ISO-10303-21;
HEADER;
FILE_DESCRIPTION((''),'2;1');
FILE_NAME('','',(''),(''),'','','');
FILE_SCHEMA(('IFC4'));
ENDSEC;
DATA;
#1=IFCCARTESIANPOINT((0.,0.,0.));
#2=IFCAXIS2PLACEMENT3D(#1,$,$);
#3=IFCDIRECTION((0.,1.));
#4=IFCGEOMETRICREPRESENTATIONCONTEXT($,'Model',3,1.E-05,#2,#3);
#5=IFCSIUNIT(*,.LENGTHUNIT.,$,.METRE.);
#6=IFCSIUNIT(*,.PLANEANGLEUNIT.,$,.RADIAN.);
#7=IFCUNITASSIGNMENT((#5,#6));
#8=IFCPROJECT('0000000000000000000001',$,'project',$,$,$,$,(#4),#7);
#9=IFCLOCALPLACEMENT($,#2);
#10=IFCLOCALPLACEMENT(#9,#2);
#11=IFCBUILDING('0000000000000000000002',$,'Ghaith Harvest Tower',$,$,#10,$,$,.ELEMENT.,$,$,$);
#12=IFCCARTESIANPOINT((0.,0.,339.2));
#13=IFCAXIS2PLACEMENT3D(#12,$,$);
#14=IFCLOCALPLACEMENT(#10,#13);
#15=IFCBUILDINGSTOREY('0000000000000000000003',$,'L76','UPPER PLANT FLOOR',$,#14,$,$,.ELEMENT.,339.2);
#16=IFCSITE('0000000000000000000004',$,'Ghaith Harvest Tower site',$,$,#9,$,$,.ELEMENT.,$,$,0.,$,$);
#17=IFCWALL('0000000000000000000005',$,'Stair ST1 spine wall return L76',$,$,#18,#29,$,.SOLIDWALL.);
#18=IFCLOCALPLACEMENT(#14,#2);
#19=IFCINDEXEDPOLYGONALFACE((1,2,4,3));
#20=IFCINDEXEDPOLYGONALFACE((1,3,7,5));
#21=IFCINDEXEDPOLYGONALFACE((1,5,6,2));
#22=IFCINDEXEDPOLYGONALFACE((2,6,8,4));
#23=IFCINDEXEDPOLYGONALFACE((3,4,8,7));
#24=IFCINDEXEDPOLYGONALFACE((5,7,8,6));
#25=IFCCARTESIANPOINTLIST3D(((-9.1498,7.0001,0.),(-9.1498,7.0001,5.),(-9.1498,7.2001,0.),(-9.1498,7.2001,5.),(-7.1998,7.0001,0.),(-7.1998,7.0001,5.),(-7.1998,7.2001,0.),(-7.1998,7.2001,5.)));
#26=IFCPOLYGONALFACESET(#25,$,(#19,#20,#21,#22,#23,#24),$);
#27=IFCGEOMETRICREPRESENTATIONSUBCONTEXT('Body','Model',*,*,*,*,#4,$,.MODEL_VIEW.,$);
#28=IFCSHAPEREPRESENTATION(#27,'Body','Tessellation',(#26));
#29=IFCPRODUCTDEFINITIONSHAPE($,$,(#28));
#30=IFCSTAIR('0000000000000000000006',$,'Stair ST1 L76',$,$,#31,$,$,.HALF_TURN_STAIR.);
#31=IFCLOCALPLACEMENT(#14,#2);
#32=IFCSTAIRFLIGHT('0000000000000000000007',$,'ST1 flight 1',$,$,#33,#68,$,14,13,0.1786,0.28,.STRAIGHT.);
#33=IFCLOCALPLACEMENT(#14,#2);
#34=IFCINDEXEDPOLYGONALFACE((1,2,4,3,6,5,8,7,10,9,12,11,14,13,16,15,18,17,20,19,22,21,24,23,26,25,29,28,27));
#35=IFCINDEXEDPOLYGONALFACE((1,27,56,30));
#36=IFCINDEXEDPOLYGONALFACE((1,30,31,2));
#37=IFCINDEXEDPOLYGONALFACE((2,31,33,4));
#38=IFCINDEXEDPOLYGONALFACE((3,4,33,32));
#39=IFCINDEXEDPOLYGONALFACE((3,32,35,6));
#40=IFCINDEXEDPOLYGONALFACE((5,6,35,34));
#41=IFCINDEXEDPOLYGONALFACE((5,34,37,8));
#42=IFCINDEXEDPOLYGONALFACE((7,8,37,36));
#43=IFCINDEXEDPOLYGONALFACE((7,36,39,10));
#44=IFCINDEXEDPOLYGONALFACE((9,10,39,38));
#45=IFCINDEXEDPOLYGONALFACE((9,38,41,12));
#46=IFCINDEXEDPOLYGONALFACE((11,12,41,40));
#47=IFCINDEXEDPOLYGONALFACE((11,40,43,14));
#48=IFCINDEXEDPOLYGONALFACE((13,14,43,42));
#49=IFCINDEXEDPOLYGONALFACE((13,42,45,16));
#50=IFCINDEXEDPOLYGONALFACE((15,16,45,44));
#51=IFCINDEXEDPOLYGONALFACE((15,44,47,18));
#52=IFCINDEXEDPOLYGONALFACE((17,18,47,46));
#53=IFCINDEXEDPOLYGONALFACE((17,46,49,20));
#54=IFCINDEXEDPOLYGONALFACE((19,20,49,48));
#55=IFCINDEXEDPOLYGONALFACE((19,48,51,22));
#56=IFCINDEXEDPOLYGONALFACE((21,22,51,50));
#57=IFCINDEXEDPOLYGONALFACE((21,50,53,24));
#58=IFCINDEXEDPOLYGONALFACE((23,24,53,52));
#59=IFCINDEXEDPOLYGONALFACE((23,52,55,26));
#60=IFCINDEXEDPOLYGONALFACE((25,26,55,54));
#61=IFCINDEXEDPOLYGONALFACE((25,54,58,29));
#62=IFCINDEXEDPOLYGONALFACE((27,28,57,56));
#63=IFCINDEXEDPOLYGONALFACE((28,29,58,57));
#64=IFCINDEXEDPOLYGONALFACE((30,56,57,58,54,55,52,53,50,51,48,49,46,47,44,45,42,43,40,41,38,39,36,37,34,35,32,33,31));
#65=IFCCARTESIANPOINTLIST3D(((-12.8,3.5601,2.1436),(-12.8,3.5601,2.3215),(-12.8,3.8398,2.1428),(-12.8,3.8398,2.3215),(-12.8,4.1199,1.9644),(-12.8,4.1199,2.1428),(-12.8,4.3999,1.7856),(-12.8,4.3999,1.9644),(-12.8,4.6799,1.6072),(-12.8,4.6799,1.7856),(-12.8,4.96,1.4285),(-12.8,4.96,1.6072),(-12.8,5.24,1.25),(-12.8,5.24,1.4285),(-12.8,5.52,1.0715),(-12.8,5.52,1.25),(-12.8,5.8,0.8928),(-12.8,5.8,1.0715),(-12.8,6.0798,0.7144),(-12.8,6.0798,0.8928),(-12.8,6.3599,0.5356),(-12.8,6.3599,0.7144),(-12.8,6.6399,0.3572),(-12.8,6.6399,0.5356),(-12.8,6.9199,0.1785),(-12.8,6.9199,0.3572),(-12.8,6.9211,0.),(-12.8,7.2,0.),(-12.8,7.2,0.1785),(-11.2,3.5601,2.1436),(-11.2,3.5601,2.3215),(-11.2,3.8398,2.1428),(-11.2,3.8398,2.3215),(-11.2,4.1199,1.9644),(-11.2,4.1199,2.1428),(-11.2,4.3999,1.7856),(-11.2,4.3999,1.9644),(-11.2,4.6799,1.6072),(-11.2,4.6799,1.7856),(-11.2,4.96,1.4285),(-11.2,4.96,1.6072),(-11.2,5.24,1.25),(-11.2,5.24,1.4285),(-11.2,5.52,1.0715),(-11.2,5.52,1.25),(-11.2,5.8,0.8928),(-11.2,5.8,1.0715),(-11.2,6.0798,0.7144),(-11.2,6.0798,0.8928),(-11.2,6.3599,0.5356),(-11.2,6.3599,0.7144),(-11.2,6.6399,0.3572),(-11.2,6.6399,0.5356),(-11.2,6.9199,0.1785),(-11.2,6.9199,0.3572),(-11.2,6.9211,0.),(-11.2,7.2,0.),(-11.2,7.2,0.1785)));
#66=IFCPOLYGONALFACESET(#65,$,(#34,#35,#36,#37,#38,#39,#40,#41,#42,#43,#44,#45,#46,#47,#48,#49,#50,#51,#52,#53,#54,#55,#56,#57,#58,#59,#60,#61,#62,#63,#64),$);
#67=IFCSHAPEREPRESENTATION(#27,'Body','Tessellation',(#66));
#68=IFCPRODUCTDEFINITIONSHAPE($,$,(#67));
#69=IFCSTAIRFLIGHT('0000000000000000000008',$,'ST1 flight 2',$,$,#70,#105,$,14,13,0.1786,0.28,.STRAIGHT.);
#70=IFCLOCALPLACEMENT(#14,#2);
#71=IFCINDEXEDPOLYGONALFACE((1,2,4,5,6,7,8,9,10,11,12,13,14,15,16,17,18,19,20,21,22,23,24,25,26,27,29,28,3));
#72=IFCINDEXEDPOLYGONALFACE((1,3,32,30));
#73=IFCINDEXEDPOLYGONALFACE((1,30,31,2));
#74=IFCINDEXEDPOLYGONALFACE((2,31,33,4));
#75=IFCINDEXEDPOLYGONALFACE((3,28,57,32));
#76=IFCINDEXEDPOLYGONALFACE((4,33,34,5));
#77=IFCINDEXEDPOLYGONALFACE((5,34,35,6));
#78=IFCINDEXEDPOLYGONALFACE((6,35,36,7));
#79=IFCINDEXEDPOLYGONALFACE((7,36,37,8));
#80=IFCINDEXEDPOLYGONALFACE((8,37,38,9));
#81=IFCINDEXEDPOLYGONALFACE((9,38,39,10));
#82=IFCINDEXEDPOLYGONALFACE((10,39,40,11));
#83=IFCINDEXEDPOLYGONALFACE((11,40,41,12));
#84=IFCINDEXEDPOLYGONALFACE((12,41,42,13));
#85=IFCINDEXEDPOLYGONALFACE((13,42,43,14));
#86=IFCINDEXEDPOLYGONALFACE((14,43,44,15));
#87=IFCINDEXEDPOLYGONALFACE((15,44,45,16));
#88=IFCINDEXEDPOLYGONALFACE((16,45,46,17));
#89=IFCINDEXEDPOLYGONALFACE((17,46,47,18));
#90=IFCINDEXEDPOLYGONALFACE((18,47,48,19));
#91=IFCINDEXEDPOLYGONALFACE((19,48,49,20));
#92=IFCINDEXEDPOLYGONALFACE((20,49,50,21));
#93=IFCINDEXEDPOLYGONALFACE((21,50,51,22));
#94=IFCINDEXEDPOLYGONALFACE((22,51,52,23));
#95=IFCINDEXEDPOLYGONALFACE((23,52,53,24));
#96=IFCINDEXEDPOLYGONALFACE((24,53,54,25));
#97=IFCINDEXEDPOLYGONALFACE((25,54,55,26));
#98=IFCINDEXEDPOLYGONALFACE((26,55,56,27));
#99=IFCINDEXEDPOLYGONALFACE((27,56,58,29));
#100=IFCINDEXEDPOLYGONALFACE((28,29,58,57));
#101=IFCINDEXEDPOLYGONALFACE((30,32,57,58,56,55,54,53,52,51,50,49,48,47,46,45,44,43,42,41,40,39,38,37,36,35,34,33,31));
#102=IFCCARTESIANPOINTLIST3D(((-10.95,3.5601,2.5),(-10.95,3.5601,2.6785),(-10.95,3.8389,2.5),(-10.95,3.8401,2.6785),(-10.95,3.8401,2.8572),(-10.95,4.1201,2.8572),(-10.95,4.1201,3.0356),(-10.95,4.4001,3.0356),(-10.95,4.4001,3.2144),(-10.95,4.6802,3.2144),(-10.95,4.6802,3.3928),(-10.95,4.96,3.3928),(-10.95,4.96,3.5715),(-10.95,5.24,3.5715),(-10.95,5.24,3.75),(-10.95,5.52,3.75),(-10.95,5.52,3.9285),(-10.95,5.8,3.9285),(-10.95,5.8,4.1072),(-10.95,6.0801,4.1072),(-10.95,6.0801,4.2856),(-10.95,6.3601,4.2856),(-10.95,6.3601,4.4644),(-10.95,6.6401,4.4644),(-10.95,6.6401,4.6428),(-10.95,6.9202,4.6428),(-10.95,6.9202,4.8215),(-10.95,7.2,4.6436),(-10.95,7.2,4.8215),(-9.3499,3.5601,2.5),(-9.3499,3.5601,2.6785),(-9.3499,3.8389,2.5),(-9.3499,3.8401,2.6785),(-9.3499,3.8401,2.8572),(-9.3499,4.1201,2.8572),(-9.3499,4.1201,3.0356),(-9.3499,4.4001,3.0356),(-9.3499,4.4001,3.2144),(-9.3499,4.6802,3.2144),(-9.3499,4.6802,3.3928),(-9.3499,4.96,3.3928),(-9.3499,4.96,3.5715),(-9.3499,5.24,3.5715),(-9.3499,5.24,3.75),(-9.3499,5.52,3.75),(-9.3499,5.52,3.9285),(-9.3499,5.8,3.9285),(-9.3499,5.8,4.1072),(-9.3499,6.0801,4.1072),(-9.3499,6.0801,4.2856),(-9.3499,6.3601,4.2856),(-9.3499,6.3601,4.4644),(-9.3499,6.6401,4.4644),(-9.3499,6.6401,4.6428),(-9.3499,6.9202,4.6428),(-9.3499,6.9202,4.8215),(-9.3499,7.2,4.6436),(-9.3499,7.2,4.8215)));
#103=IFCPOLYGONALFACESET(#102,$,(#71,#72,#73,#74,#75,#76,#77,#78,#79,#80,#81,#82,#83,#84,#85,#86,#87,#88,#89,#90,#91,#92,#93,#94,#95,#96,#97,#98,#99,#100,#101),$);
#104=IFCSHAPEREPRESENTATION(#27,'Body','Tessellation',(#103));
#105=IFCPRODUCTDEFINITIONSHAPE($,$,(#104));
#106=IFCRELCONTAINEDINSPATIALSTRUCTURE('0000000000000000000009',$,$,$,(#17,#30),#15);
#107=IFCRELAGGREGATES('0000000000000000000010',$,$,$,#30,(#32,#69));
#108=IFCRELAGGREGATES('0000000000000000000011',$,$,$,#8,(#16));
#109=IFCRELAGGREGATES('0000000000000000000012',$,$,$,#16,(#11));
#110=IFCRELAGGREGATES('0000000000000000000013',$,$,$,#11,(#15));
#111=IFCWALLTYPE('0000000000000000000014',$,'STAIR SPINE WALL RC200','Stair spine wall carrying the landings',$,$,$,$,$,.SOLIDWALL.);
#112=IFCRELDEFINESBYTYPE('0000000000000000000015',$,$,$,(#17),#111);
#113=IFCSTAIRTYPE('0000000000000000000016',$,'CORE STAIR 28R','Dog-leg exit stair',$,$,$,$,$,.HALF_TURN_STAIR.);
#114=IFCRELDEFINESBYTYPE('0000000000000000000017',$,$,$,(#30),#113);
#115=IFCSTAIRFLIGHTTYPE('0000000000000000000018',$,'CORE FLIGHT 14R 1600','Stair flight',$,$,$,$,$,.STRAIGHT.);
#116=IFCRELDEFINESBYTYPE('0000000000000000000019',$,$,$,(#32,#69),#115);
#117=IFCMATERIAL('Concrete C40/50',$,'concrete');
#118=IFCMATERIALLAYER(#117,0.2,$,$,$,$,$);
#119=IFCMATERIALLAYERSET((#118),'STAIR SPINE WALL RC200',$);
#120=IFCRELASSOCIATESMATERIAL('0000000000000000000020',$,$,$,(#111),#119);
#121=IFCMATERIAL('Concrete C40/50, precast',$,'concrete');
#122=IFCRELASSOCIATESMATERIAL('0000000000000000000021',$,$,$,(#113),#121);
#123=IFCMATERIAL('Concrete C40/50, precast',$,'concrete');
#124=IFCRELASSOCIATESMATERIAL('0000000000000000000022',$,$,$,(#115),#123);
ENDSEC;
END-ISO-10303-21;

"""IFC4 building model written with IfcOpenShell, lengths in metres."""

from ifc_helpers import new_model, si_unit, direction, frame, frame_2d, origin, place, context, subcontext, project, spatial, polyline, rectangle, outline, extrude, material, layer, layer_set, type_object, element, aggregate, save


model = new_model("IFC4")

# Units and contexts
model_context = context("Model", 3, precision=1e-05, world=origin(), true_north=direction((0.0, 1.0)))
body_context = subcontext(model_context, "Body", "Model", "MODEL_VIEW")
ifc_project = project(units=[si_unit("LENGTHUNIT", "METRE"), si_unit("PLANEANGLEUNIT", "RADIAN")], contexts=[model_context])

# Site, building, storey
site_placement = place(None, origin())
site = spatial("IfcSite", under=ifc_project, at=site_placement, Name="Ghaith Harvest Tower site", CompositionType="ELEMENT", RefElevation=0.0)
building_placement = place(site_placement, origin())
building = spatial("IfcBuilding", under=site, at=building_placement, Name="Ghaith Harvest Tower", CompositionType="ELEMENT")
storey_placement = place(building_placement, frame((0.0, 0.0, 339.2)))
storey = spatial("IfcBuildingStorey", under=building, at=storey_placement, Name="L76", Description="UPPER PLANT FLOOR", CompositionType="ELEMENT", Elevation=339.2)

# Wall
ifc_material_1 = material(Name="Concrete C40/50", Category="concrete")
ifc_layer_1 = layer(ifc_material_1, 0.2)
ifc_layer_set_1 = layer_set([ifc_layer_1], Name="STAIR SPINE WALL RC200")
wall_type_1 = type_object("IfcWallType", Name="STAIR SPINE WALL RC200", Description="Stair spine wall carrying the landings", PredefinedType="SOLIDWALL", material=ifc_layer_set_1)
wall_1_placement = place(storey_placement, frame((-9.1499, 7.1001, 0.0), z_axis=(0.0, 0.0, 1.0), x_axis=(1.0, 0.0, 0.0)))
element("IfcWall", 1, at=wall_1_placement, inside=storey, type_object=wall_type_1, Name="Stair ST1 spine wall return L76", PredefinedType="SOLIDWALL", context=body_context, shape_type="SweptSolid", body=[
    extrude(rectangle(XDim=1.95, YDim=0.2, at=frame_2d((0.9751, 0.0))), origin(), (0.0, 0.0, 1.0), 5.0),
])

# Stair, stair flights
ifc_material_2 = material(Name="Concrete C40/50, precast", Category="concrete")
stair_type = type_object("IfcStairType", Name="CORE STAIR 28R", Description="Dog-leg exit stair", PredefinedType="HALF_TURN_STAIR", material=ifc_material_2)
stair_placement = place(storey_placement, origin())
stair = element("IfcStair", 2, at=stair_placement, inside=storey, type_object=stair_type, Name="Stair ST1 L76", PredefinedType="HALF_TURN_STAIR")
ifc_material_3 = material(Name="Concrete C40/50, precast", Category="concrete")
stair_flight_type = type_object("IfcStairFlightType", Name="CORE FLIGHT 14R 1600", Description="Stair flight", PredefinedType="STRAIGHT", material=ifc_material_3)
stair_flight_1_placement = place(storey_placement, frame((-12.0, 7.2, 0.0), z_axis=(0.0, 0.0, 1.0), x_axis=(0.0, -1.0, 0.0)))
stair_flight_1 = element("IfcStairFlight", 3, at=stair_flight_1_placement, type_object=stair_flight_type, Name="ST1 flight 1", NumberOfRisers=14, NumberOfTreads=13, PredefinedType="STRAIGHT", RiserHeight=0.1786, TreadLength=0.28, context=body_context, shape_type="SweptSolid", body=[
    extrude(outline(polyline([(0.0, 0.0), (0.0, 0.1785), (0.28, 0.1785), (0.28, 0.3572), (0.5601, 0.3572), (0.5601, 0.5356), (0.8401, 0.5356), (0.8401, 0.7144), (1.1201, 0.7144), (1.1201, 0.8928), (1.3999, 0.8928), (1.3999, 1.0715), (1.6799, 1.0715), (1.6799, 1.25), (1.96, 1.25), (1.96, 1.4285), (2.24, 1.4285), (2.24, 1.6072), (2.52, 1.6072), (2.52, 1.7856), (2.8, 1.7856), (2.8, 1.9644), (3.0801, 1.9644), (3.0801, 2.1428), (3.3601, 2.1428), (3.3601, 2.3215), (3.6399, 2.3215), (3.6399, 2.5), (3.6399, 2.1436), (0.2788, 0.0), (0.0, 0.0)])), frame((0.0, 0.8, 0.0), z_axis=(0.0, -1.0, 0.0), x_axis=(1.0, 0.0, 0.0)), (0.0, 0.0, 1.0), 1.6001),
])
stair_flight_2_placement = place(storey_placement, frame((-10.1499, 3.5601, 2.5), z_axis=(0.0, 0.0, 1.0), x_axis=(0.0, 1.0, 0.0)))
stair_flight_2 = element("IfcStairFlight", 4, at=stair_flight_2_placement, type_object=stair_flight_type, Name="ST1 flight 2", NumberOfRisers=14, NumberOfTreads=13, PredefinedType="STRAIGHT", RiserHeight=0.1786, TreadLength=0.28, context=body_context, shape_type="SweptSolid", body=[
    extrude(outline(polyline([(0.0, 0.0), (0.0, 0.1785), (0.28, 0.1785), (0.28, 0.3572), (0.5601, 0.3572), (0.5601, 0.5356), (0.8401, 0.5356), (0.8401, 0.7144), (1.1201, 0.7144), (1.1201, 0.8928), (1.3999, 0.8928), (1.3999, 1.0715), (1.6799, 1.0715), (1.6799, 1.25), (1.96, 1.25), (1.96, 1.4285), (2.24, 1.4285), (2.24, 1.6072), (2.52, 1.6072), (2.52, 1.7856), (2.8, 1.7856), (2.8, 1.9644), (3.0801, 1.9644), (3.0801, 2.1428), (3.3601, 2.1428), (3.3601, 2.3215), (3.6399, 2.3215), (3.6399, 2.5), (3.6399, 2.1436), (0.2788, 0.0), (0.0, 0.0)])), frame((0.0, 0.8, 0.0), z_axis=(0.0, -1.0, 0.0), x_axis=(1.0, 0.0, 0.0)), (0.0, 0.0, 1.0), 1.6001),
])
aggregate(stair, [stair_flight_1, stair_flight_2])

save(model, "model.ifc")
